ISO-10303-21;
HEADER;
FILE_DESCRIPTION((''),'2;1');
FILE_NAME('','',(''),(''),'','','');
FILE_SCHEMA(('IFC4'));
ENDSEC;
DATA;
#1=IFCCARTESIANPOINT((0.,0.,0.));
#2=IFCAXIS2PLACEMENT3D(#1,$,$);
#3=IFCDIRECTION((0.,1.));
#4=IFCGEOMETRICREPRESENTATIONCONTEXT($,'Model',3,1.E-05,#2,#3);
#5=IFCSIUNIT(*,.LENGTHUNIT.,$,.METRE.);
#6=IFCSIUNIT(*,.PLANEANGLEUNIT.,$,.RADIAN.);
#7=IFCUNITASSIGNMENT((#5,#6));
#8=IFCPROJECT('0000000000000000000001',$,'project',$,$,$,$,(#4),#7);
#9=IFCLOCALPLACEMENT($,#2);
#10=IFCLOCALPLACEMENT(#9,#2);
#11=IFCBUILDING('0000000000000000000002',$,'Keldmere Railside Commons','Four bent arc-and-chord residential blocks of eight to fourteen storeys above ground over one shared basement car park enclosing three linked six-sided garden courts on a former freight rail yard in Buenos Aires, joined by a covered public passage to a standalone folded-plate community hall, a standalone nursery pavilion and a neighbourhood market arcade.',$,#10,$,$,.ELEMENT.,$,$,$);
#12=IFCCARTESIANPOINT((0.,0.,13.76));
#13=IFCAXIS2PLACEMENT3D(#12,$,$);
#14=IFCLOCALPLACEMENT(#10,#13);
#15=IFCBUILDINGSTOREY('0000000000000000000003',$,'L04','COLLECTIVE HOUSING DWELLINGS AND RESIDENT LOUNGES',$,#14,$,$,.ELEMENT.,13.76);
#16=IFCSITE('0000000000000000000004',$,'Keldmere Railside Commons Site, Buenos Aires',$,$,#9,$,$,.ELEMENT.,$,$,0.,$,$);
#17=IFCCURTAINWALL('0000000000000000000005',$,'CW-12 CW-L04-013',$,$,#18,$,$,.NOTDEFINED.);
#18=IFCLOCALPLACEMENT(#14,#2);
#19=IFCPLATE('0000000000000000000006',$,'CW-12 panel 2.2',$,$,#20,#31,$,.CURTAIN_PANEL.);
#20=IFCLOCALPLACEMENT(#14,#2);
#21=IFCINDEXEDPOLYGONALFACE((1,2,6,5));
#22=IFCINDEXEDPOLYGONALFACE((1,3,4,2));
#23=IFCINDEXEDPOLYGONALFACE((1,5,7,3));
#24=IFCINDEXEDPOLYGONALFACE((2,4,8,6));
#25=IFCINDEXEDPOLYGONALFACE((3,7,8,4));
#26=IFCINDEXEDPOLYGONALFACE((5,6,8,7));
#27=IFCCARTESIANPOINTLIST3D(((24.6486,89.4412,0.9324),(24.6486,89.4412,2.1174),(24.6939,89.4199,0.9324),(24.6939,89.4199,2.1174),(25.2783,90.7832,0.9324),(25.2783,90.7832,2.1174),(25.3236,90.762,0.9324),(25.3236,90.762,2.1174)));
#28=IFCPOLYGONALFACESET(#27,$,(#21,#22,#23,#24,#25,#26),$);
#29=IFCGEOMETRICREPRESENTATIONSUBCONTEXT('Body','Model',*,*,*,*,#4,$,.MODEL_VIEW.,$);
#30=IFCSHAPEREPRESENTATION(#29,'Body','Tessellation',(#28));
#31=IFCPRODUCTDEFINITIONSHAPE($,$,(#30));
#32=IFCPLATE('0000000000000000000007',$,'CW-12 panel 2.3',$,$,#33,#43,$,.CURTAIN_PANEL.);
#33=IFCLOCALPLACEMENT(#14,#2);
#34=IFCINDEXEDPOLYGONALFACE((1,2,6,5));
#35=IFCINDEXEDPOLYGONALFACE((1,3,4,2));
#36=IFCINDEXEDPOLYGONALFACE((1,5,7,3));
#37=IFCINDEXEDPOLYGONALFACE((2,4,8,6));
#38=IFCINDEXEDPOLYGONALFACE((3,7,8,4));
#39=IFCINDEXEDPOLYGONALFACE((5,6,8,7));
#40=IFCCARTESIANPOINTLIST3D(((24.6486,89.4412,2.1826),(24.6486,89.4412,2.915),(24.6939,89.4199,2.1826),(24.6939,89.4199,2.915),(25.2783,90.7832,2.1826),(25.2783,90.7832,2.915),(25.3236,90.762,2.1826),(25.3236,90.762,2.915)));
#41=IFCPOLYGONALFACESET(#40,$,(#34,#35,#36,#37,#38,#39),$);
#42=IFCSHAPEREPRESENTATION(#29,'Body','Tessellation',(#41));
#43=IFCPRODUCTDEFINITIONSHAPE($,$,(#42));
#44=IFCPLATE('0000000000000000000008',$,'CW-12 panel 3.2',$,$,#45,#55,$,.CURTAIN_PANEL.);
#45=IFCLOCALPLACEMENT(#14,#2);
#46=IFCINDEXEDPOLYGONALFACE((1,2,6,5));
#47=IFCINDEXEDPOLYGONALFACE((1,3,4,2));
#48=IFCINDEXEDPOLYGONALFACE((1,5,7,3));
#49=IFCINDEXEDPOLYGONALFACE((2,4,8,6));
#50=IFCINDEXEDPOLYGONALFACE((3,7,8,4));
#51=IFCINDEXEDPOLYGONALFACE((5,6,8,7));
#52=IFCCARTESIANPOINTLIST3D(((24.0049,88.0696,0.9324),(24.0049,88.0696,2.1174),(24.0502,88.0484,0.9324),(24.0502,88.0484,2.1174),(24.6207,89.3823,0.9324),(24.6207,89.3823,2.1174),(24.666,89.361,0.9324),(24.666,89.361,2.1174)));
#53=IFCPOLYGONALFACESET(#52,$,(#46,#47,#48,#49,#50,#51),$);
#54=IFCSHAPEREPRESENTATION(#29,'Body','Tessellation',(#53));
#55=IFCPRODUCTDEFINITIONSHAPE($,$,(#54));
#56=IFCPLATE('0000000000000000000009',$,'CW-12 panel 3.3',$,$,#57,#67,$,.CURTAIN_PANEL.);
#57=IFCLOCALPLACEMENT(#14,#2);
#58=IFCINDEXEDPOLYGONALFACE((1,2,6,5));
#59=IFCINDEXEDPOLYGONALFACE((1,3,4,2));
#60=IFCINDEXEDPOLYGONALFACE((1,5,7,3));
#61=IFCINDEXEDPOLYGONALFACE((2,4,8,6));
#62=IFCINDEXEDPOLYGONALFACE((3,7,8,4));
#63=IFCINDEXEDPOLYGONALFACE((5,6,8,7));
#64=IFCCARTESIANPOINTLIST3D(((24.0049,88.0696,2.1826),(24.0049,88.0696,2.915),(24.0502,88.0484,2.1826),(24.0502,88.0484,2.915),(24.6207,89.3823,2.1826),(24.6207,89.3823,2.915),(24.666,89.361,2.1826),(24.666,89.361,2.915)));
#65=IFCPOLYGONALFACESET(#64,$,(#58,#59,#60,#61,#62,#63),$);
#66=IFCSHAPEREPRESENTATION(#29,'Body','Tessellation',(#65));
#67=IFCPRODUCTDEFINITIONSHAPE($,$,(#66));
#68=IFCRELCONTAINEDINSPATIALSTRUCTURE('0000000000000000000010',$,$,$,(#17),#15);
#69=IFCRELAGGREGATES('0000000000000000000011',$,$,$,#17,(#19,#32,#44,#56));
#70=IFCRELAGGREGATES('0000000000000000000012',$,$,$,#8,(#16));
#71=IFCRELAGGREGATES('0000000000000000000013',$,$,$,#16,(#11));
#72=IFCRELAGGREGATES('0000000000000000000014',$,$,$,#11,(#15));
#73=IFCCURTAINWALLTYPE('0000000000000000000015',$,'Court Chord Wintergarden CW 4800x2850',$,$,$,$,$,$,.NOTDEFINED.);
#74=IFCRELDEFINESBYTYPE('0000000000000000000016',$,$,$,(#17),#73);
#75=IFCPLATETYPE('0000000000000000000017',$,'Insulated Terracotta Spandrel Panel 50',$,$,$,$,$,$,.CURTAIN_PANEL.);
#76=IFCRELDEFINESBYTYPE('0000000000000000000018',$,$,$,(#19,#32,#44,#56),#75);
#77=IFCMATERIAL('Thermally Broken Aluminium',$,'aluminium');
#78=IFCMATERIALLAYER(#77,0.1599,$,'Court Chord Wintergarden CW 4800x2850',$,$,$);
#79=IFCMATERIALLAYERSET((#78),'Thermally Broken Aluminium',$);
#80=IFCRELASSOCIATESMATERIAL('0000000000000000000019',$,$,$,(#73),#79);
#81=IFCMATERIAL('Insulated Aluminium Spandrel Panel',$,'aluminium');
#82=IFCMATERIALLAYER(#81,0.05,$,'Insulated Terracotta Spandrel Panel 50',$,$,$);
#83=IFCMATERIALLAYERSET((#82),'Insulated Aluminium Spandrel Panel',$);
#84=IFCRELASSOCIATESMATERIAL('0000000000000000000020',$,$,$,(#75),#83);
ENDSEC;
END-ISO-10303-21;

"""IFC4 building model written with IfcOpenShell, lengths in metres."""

from ifc_helpers import new_model, si_unit, direction, frame, origin, origin_2d, place, context, subcontext, project, spatial, rectangle, extrude, material, layer, layer_set, type_object, element, aggregate, save


model = new_model("IFC4")

# Units and contexts
model_context = context("Model", 3, precision=1e-05, world=origin(), true_north=direction((0.0, 1.0)))
body_context = subcontext(model_context, "Body", "Model", "MODEL_VIEW")
ifc_project = project(units=[si_unit("LENGTHUNIT", "METRE"), si_unit("PLANEANGLEUNIT", "RADIAN")], contexts=[model_context])

# Site, building, storey
site_placement = place(None, origin())
site = spatial("IfcSite", under=ifc_project, at=site_placement, Name="Keldmere Railside Commons Site, Buenos Aires", CompositionType="ELEMENT", RefElevation=0.0)
building_placement = place(site_placement, origin())
building = spatial("IfcBuilding", under=site, at=building_placement, Name="Keldmere Railside Commons", Description="Four bent arc-and-chord residential blocks of eight to fourteen storeys above ground over one shared basement car park enclosing three linked six-sided garden courts on a former freight rail yard in Buenos Aires, joined by a covered public passage to a standalone folded-plate community hall, a standalone nursery pavilion and a neighbourhood market arcade.", CompositionType="ELEMENT")
storey_placement = place(building_placement, frame((0.0, 0.0, 13.76)))
storey = spatial("IfcBuildingStorey", under=building, at=storey_placement, Name="L04", Description="COLLECTIVE HOUSING DWELLINGS AND RESIDENT LOUNGES", CompositionType="ELEMENT", Elevation=13.76)

# Curtain wall, plates
ifc_material_1 = material(Name="Thermally Broken Aluminium", Category="aluminium")
ifc_layer_1 = layer(ifc_material_1, 0.1599, Name="Court Chord Wintergarden CW 4800x2850")
ifc_layer_set_1 = layer_set([ifc_layer_1], Name="Thermally Broken Aluminium")
curtain_wall_type = type_object("IfcCurtainWallType", Name="Court Chord Wintergarden CW 4800x2850", PredefinedType="NOTDEFINED", material=ifc_layer_set_1)
curtain_wall_placement = place(storey_placement, origin())
curtain_wall = element("IfcCurtainWall", 1, at=curtain_wall_placement, inside=storey, type_object=curtain_wall_type, Name="CW-12 CW-L04-013", PredefinedType="NOTDEFINED")
ifc_material_2 = material(Name="Insulated Aluminium Spandrel Panel", Category="aluminium")
ifc_layer_2 = layer(ifc_material_2, 0.05, Name="Insulated Terracotta Spandrel Panel 50")
ifc_layer_set_2 = layer_set([ifc_layer_2], Name="Insulated Aluminium Spandrel Panel")
plate_type = type_object("IfcPlateType", Name="Insulated Terracotta Spandrel Panel 50", PredefinedType="CURTAIN_PANEL", material=ifc_layer_set_2)
plate_1_placement = place(storey_placement, frame((24.9861, 90.1016, 0.9324), z_axis=(0.0, 0.0, 1.0), x_axis=(-0.424759, -0.905306, 0.0)))
plate_1 = element("IfcPlate", 2, at=plate_1_placement, type_object=plate_type, Name="CW-12 panel 2.2", PredefinedType="CURTAIN_PANEL", context=body_context, shape_type="SweptSolid", body=[
    extrude(rectangle(XDim=1.4824, YDim=0.05, at=origin_2d()), origin(), (0.0, 0.0, 1.0), 1.1851),
])
plate_2_placement = place(storey_placement, frame((24.9861, 90.1016, 2.1826), z_axis=(0.0, 0.0, 1.0), x_axis=(-0.424759, -0.905306, 0.0)))
plate_2 = element("IfcPlate", 3, at=plate_2_placement, type_object=plate_type, Name="CW-12 panel 2.3", PredefinedType="CURTAIN_PANEL", context=body_context, shape_type="SweptSolid", body=[
    extrude(rectangle(XDim=1.4824, YDim=0.05, at=origin_2d()), origin(), (0.0, 0.0, 1.0), 0.7324),
])
plate_3_placement = place(storey_placement, frame((24.3354, 88.7153, 0.9324), z_axis=(0.0, 0.0, 1.0), x_axis=(-0.424759, -0.905306, 0.0)))
plate_3 = element("IfcPlate", 4, at=plate_3_placement, type_object=plate_type, Name="CW-12 panel 3.2", PredefinedType="CURTAIN_PANEL", context=body_context, shape_type="SweptSolid", body=[
    extrude(rectangle(XDim=1.45, YDim=0.05, at=origin_2d()), origin(), (0.0, 0.0, 1.0), 1.1851),
])
plate_4_placement = place(storey_placement, frame((24.3354, 88.7153, 2.1826), z_axis=(0.0, 0.0, 1.0), x_axis=(-0.424759, -0.905306, 0.0)))
plate_4 = element("IfcPlate", 5, at=plate_4_placement, type_object=plate_type, Name="CW-12 panel 3.3", PredefinedType="CURTAIN_PANEL", context=body_context, shape_type="SweptSolid", body=[
    extrude(rectangle(XDim=1.45, YDim=0.05, at=origin_2d()), origin(), (0.0, 0.0, 1.0), 0.7324),
])
aggregate(curtain_wall, [plate_1, plate_2, plate_3, plate_4])

save(model, "model.ifc")
